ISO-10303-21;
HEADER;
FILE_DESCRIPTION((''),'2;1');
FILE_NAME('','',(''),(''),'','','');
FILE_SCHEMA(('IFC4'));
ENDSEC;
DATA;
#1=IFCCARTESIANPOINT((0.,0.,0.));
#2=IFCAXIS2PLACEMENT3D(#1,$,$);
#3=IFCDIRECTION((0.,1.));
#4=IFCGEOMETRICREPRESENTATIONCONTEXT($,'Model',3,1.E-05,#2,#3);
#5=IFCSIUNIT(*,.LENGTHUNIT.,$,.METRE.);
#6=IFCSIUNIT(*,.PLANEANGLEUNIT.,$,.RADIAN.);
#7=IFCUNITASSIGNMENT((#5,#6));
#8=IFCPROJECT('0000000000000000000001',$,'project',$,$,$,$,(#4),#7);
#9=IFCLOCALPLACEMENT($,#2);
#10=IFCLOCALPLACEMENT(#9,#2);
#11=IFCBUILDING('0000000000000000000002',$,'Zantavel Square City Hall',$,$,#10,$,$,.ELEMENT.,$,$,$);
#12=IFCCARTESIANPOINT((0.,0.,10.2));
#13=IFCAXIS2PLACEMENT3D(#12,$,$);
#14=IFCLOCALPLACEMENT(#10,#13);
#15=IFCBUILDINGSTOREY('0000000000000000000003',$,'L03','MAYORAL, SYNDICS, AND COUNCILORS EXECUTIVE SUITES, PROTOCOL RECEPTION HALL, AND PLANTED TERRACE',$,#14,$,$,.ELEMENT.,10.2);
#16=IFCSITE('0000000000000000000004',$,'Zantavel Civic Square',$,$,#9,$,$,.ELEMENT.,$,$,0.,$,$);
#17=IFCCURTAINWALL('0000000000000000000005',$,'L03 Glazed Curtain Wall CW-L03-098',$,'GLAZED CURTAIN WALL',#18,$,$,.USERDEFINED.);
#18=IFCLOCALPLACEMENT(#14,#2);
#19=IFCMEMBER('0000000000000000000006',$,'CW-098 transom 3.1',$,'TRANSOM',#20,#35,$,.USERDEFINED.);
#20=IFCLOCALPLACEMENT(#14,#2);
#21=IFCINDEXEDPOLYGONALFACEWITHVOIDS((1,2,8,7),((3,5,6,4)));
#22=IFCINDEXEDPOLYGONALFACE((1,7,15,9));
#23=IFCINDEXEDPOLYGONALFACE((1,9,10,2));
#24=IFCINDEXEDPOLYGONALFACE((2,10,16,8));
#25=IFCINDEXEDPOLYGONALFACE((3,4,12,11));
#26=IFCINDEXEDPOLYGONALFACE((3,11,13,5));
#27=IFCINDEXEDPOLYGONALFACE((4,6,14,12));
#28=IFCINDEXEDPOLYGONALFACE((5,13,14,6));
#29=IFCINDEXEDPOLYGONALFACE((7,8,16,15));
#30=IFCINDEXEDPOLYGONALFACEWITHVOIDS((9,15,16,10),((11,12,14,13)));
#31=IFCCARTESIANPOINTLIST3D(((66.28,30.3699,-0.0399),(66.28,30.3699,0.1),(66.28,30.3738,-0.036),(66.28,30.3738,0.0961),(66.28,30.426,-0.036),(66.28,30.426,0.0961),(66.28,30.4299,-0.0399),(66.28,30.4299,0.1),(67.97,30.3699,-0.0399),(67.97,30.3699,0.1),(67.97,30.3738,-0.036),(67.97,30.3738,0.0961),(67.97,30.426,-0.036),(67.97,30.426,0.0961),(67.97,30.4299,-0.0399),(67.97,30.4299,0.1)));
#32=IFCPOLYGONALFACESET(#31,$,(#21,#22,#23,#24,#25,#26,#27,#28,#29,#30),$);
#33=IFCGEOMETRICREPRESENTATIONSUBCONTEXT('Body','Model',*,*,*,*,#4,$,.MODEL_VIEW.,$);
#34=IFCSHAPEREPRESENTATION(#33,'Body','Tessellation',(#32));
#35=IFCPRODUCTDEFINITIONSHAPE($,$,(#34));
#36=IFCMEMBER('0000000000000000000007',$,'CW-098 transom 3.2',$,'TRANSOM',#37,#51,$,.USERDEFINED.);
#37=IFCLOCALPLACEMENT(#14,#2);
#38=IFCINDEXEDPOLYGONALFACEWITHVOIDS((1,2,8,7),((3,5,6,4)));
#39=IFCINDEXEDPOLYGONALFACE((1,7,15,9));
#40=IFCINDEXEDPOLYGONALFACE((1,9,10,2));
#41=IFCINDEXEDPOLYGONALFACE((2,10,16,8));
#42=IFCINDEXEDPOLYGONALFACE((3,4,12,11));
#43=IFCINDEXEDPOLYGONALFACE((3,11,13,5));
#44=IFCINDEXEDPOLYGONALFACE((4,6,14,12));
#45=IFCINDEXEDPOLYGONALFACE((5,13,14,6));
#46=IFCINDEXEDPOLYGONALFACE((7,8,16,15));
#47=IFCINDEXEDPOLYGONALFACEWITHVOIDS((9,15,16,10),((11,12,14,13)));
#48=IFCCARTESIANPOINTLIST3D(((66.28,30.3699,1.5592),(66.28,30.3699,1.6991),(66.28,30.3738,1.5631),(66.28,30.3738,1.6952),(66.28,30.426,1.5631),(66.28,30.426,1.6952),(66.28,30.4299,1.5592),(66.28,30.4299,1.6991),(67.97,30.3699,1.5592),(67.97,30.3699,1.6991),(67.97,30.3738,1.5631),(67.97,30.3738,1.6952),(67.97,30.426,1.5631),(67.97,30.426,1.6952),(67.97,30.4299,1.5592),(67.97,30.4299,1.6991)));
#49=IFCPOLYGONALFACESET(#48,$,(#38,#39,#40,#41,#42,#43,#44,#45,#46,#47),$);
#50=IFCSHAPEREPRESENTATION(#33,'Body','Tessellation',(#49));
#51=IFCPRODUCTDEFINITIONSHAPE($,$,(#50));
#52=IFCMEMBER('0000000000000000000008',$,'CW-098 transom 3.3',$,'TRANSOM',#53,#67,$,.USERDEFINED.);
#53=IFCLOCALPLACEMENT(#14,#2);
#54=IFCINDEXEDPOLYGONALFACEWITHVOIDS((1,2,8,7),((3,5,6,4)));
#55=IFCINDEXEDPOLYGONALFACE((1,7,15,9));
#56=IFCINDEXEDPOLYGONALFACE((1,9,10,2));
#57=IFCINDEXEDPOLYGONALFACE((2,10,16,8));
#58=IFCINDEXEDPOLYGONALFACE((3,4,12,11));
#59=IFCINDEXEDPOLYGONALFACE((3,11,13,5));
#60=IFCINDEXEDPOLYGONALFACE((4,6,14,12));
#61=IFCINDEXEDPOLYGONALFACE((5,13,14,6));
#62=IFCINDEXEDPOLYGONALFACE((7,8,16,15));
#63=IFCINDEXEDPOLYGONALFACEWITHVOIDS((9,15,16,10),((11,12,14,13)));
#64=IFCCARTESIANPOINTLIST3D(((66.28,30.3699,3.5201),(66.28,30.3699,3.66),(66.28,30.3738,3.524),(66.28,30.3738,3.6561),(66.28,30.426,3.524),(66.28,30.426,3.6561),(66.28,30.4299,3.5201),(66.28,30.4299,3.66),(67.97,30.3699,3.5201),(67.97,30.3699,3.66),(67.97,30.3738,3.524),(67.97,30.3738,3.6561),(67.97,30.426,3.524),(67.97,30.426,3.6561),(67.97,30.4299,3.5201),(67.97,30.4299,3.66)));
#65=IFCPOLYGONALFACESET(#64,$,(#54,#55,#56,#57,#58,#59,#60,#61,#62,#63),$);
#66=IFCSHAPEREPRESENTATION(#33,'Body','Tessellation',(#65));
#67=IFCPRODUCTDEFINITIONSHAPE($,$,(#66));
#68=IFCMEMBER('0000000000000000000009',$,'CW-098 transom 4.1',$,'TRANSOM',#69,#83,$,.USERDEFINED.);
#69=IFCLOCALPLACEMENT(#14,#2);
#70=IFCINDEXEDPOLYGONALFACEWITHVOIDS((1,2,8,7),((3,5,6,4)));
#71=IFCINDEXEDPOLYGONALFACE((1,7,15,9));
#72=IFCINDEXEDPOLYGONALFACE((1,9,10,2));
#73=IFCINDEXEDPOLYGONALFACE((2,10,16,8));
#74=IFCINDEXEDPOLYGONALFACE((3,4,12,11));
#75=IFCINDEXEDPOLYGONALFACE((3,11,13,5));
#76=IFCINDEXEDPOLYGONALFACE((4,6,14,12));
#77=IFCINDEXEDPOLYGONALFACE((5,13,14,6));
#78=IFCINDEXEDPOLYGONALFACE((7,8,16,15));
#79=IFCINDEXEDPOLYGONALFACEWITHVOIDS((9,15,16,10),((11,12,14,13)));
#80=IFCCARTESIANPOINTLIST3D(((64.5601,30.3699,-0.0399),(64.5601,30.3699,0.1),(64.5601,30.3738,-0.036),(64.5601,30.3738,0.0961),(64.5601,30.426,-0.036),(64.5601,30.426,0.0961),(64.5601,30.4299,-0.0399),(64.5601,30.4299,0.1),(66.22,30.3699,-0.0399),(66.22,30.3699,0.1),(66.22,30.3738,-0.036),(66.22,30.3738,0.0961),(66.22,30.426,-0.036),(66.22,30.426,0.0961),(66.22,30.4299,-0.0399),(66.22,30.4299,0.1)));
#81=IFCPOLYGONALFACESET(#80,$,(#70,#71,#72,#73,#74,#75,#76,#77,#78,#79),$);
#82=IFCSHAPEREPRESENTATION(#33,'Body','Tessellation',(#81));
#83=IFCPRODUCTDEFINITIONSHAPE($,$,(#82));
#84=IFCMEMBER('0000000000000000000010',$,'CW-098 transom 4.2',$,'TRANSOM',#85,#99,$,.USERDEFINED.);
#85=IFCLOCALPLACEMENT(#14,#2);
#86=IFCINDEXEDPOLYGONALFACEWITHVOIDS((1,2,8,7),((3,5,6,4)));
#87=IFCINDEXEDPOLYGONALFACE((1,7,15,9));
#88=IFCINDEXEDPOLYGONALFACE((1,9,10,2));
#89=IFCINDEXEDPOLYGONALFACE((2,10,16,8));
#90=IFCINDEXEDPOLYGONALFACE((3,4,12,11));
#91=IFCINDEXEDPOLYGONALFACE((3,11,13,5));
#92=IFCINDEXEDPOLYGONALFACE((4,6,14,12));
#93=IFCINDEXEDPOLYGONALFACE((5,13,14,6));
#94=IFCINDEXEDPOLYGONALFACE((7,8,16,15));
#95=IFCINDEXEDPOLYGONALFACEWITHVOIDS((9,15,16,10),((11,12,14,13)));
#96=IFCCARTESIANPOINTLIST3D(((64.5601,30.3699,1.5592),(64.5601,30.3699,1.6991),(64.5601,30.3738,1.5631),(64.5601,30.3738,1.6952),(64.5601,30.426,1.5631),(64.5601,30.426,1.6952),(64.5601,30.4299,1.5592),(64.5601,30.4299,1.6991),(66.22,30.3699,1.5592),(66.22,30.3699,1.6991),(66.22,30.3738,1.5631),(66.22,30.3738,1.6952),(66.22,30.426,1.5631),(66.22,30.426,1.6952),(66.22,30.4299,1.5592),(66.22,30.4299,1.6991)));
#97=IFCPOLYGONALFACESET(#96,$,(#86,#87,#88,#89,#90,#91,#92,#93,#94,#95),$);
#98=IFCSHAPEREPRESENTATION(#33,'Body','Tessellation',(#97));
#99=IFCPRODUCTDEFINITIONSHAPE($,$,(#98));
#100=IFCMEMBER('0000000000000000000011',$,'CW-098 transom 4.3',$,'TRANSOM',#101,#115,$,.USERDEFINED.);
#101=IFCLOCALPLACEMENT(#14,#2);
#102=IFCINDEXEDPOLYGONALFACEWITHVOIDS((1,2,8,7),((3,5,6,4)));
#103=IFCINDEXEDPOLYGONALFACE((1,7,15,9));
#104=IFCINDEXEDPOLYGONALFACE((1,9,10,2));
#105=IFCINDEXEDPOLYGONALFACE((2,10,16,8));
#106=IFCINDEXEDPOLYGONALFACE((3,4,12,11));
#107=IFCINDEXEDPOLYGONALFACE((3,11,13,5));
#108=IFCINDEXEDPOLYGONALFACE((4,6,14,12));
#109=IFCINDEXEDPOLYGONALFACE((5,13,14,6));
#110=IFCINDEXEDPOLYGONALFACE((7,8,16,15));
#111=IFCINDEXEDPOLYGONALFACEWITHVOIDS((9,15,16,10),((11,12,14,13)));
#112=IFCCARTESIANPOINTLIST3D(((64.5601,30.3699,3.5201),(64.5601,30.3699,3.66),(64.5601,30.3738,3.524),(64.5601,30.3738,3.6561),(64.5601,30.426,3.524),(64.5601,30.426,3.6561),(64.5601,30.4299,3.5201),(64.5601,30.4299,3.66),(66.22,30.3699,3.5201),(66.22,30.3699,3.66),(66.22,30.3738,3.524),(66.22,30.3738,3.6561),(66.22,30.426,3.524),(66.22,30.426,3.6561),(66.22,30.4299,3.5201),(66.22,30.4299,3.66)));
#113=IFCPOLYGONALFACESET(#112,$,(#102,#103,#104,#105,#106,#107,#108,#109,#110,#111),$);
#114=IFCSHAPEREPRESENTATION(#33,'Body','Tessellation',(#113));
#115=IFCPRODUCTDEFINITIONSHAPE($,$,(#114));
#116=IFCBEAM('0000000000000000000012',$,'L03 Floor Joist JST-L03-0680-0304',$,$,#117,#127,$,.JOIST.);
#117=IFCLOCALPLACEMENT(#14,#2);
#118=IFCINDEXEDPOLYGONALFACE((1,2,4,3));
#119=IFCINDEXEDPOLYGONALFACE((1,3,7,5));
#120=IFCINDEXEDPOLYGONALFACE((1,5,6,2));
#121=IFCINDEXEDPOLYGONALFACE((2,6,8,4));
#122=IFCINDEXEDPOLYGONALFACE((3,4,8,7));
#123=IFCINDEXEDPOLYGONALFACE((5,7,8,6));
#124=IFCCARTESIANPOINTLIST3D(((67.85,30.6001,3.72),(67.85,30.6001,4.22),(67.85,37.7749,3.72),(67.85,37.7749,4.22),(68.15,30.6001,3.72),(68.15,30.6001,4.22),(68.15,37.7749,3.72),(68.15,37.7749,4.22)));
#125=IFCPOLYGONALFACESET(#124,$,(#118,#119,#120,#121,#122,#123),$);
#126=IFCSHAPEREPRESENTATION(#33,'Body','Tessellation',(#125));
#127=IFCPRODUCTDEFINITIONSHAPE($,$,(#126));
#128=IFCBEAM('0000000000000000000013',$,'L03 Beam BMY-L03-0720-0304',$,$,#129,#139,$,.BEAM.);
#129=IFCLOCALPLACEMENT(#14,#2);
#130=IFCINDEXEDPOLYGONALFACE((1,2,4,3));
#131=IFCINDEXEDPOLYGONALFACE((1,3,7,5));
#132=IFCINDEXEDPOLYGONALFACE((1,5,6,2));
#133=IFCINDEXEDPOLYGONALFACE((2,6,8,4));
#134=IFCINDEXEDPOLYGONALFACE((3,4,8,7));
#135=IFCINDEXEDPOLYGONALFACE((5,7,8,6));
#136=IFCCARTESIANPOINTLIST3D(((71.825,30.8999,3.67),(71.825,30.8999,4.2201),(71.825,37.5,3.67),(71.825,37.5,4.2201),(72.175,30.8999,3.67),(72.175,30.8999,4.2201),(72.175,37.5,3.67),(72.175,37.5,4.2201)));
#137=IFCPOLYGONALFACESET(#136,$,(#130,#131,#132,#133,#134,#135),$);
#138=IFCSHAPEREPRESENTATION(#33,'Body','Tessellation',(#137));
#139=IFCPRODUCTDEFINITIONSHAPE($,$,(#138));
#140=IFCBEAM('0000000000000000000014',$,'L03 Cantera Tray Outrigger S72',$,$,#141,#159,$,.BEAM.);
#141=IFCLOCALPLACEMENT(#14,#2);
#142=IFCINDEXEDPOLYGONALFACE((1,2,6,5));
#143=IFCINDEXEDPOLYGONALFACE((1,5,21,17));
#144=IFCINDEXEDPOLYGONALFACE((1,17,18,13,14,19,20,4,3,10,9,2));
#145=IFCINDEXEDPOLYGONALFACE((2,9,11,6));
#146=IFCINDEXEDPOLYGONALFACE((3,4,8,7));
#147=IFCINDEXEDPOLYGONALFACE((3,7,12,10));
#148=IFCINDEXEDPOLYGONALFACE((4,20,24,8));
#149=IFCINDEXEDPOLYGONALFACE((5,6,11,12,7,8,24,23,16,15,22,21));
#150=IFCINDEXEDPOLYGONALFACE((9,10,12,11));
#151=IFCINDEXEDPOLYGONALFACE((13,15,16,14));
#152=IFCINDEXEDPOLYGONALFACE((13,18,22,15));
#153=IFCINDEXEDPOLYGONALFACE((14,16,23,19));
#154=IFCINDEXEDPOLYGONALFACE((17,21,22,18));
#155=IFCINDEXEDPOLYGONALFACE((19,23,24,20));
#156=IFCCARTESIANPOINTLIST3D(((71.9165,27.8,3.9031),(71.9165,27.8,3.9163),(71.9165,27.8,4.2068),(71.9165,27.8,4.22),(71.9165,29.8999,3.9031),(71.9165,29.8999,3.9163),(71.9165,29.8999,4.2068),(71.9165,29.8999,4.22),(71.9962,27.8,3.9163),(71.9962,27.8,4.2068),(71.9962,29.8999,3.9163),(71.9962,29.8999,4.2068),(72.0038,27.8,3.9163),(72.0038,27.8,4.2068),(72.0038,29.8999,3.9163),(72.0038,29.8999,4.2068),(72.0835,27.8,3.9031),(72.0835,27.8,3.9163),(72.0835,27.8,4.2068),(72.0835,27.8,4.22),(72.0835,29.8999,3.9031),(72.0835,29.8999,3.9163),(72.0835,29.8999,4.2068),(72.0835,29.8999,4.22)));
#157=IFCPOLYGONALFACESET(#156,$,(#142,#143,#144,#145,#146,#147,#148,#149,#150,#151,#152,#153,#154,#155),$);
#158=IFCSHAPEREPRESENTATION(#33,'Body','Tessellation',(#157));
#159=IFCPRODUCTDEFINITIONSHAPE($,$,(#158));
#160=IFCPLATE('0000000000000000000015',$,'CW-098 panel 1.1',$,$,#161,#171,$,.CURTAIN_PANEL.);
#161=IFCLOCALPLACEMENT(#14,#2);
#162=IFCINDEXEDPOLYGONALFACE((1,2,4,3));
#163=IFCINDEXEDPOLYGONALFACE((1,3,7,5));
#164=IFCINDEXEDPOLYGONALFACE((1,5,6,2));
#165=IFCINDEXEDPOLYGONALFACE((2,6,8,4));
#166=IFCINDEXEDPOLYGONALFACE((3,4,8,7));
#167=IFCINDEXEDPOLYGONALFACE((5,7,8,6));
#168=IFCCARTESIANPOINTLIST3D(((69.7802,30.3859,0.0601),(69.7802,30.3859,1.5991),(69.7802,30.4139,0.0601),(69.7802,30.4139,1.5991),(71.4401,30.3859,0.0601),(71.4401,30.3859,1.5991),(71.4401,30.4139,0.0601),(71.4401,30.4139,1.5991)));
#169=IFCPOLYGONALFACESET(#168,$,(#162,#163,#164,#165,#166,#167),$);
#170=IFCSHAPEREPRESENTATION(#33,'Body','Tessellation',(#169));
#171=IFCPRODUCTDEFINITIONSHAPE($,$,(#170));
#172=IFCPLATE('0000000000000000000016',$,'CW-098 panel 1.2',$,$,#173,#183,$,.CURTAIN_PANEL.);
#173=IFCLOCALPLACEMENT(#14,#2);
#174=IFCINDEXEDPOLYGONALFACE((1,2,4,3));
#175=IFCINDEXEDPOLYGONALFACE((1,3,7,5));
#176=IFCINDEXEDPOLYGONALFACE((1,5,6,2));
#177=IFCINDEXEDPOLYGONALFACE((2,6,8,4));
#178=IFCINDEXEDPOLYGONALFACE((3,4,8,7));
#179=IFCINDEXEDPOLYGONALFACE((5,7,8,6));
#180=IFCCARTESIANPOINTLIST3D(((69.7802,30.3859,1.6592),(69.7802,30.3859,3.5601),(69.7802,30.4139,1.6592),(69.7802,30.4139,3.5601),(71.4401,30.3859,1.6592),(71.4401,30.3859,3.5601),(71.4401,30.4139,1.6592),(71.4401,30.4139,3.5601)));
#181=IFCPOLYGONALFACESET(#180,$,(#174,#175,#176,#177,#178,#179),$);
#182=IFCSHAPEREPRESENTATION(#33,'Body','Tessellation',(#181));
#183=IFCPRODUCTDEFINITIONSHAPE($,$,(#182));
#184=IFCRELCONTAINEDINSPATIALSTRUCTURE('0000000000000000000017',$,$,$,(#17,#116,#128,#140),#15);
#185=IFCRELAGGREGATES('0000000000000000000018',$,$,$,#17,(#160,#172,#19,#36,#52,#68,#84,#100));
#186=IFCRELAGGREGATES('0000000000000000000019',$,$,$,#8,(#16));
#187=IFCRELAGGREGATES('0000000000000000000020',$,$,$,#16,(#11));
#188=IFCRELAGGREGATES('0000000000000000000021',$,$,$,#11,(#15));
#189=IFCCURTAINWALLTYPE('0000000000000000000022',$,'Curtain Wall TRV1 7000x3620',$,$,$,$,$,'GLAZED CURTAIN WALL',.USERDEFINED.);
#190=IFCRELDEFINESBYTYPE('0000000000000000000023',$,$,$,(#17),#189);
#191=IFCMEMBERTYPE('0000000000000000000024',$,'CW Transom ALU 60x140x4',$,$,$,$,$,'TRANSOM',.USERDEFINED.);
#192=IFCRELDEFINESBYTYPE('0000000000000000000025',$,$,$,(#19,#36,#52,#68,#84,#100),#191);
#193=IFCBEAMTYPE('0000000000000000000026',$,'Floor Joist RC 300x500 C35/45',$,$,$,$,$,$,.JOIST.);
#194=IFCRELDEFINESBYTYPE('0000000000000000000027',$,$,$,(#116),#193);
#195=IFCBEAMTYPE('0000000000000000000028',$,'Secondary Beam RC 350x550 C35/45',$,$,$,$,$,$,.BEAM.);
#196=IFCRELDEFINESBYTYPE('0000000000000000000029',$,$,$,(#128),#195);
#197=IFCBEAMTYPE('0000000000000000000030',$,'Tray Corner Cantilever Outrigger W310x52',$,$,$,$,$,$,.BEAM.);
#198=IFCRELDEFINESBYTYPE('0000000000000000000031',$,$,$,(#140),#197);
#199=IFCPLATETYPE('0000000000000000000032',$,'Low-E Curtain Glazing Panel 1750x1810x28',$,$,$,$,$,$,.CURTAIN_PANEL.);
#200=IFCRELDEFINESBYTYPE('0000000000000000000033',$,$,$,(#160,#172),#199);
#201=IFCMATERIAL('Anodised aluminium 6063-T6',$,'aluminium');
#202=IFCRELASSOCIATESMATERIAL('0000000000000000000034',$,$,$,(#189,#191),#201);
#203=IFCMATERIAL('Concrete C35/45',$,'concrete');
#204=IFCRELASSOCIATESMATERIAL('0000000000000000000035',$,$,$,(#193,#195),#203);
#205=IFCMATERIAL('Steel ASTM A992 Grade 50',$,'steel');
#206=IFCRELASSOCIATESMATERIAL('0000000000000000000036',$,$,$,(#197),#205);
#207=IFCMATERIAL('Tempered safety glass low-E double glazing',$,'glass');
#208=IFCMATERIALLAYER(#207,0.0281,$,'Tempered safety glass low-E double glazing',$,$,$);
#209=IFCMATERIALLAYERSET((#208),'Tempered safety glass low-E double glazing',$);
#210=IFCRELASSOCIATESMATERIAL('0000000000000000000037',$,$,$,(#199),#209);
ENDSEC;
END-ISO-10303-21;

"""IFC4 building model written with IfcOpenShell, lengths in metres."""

from ifc_helpers import new_model, si_unit, direction, frame, origin, origin_2d, place, context, subcontext, project, spatial, rectangle, hollow_rectangle, i_section, extrude, material, layer, layer_set, material_profile, profile_set, type_object, element, aggregate, save


model = new_model("IFC4")

# Units and contexts
model_context = context("Model", 3, precision=1e-05, world=origin(), true_north=direction((0.0, 1.0)))
body_context = subcontext(model_context, "Body", "Model", "MODEL_VIEW")
ifc_project = project(units=[si_unit("LENGTHUNIT", "METRE"), si_unit("PLANEANGLEUNIT", "RADIAN")], contexts=[model_context])

# Site, building, storey
site_placement = place(None, origin())
site = spatial("IfcSite", under=ifc_project, at=site_placement, Name="Zantavel Civic Square", CompositionType="ELEMENT", RefElevation=0.0)
building_placement = place(site_placement, origin())
building = spatial("IfcBuilding", under=site, at=building_placement, Name="Zantavel Square City Hall", CompositionType="ELEMENT")
storey_placement = place(building_placement, frame((0.0, 0.0, 10.2)))
storey = spatial("IfcBuildingStorey", under=building, at=storey_placement, Name="L03", Description="MAYORAL, SYNDICS, AND COUNCILORS EXECUTIVE SUITES, PROTOCOL RECEPTION HALL, AND PLANTED TERRACE", CompositionType="ELEMENT", Elevation=10.2)

# Curtain wall, members
ifc_material_1 = material(Name="Anodised aluminium 6063-T6", Category="aluminium")
curtain_wall_type = type_object("IfcCurtainWallType", Name="Curtain Wall TRV1 7000x3620", ElementType="GLAZED CURTAIN WALL", PredefinedType="USERDEFINED", material=ifc_material_1)
curtain_wall_placement = place(storey_placement, origin())
curtain_wall = element("IfcCurtainWall", 1, at=curtain_wall_placement, inside=storey, type_object=curtain_wall_type, Name="L03 Glazed Curtain Wall CW-L03-098", ObjectType="GLAZED CURTAIN WALL", PredefinedType="USERDEFINED")
ifc_material_profile_1 = material_profile(ifc_material_1, hollow_rectangle(XDim=0.0601, YDim=0.1399, WallThickness=0.0039, at=origin_2d()), Name="ALU 60x140x4")
ifc_profile_set_1 = profile_set([ifc_material_profile_1], Name="Anodised aluminium 6063-T6")
member_type_1 = type_object("IfcMemberType", Name="CW Transom ALU 60x140x4", ElementType="TRANSOM", PredefinedType="USERDEFINED", material=ifc_profile_set_1)
member_1_placement = place(storey_placement, frame((67.97, 30.3999, 0.03), z_axis=(-1.0, 0.0, 0.0), x_axis=(0.0, -1.0, 0.0)))
member_1 = element("IfcMember", 2, at=member_1_placement, type_object=member_type_1, Name="CW-098 transom 3.1", ObjectType="TRANSOM", PredefinedType="USERDEFINED", context=body_context, shape_type="SweptSolid", body=[
    extrude(hollow_rectangle(XDim=0.0601, YDim=0.1399, WallThickness=0.0039, at=origin_2d()), origin(), (0.0, 0.0, 1.0), 1.6899),
])
member_2_placement = place(storey_placement, frame((67.97, 30.3999, 1.6292), z_axis=(-1.0, 0.0, 0.0), x_axis=(0.0, -1.0, 0.0)))
member_2 = element("IfcMember", 3, at=member_2_placement, type_object=member_type_1, Name="CW-098 transom 3.2", ObjectType="TRANSOM", PredefinedType="USERDEFINED", context=body_context, shape_type="SweptSolid", body=[
    extrude(hollow_rectangle(XDim=0.0601, YDim=0.1399, WallThickness=0.0039, at=origin_2d()), origin(), (0.0, 0.0, 1.0), 1.6899),
])
member_3_placement = place(storey_placement, frame((67.97, 30.3999, 3.5901), z_axis=(-1.0, 0.0, 0.0), x_axis=(0.0, -1.0, 0.0)))
member_3 = element("IfcMember", 4, at=member_3_placement, type_object=member_type_1, Name="CW-098 transom 3.3", ObjectType="TRANSOM", PredefinedType="USERDEFINED", context=body_context, shape_type="SweptSolid", body=[
    extrude(hollow_rectangle(XDim=0.0601, YDim=0.1399, WallThickness=0.0039, at=origin_2d()), origin(), (0.0, 0.0, 1.0), 1.6899),
])
member_4_placement = place(storey_placement, frame((66.22, 30.3999, 0.03), z_axis=(-1.0, 0.0, 0.0), x_axis=(0.0, -1.0, 0.0)))
member_4 = element("IfcMember", 5, at=member_4_placement, type_object=member_type_1, Name="CW-098 transom 4.1", ObjectType="TRANSOM", PredefinedType="USERDEFINED", context=body_context, shape_type="SweptSolid", body=[
    extrude(hollow_rectangle(XDim=0.0601, YDim=0.1399, WallThickness=0.0039, at=origin_2d()), origin(), (0.0, 0.0, 1.0), 1.6599),
])
member_5_placement = place(storey_placement, frame((66.22, 30.3999, 1.6292), z_axis=(-1.0, 0.0, 0.0), x_axis=(0.0, -1.0, 0.0)))
member_5 = element("IfcMember", 6, at=member_5_placement, type_object=member_type_1, Name="CW-098 transom 4.2", ObjectType="TRANSOM", PredefinedType="USERDEFINED", context=body_context, shape_type="SweptSolid", body=[
    extrude(hollow_rectangle(XDim=0.0601, YDim=0.1399, WallThickness=0.0039, at=origin_2d()), origin(), (0.0, 0.0, 1.0), 1.6599),
])
member_6_placement = place(storey_placement, frame((66.22, 30.3999, 3.5901), z_axis=(-1.0, 0.0, 0.0), x_axis=(0.0, -1.0, 0.0)))
member_6 = element("IfcMember", 7, at=member_6_placement, type_object=member_type_1, Name="CW-098 transom 4.3", ObjectType="TRANSOM", PredefinedType="USERDEFINED", context=body_context, shape_type="SweptSolid", body=[
    extrude(hollow_rectangle(XDim=0.0601, YDim=0.1399, WallThickness=0.0039, at=origin_2d()), origin(), (0.0, 0.0, 1.0), 1.6599),
])

# Beams
ifc_material_2 = material(Name="Concrete C35/45", Category="concrete")
ifc_material_profile_2 = material_profile(ifc_material_2, rectangle(XDim=0.3, YDim=0.5, at=origin_2d()), Name="RC 300x500")
ifc_profile_set_2 = profile_set([ifc_material_profile_2], Name="Concrete C35/45")
beam_type_1 = type_object("IfcBeamType", Name="Floor Joist RC 300x500 C35/45", PredefinedType="JOIST", material=ifc_profile_set_2)
beam_1_placement = place(storey_placement, frame((68.0, 30.6001, 3.97), z_axis=(0.0, 1.0, 0.0), x_axis=(-1.0, 0.0, 0.0)))
element("IfcBeam", 8, at=beam_1_placement, inside=storey, type_object=beam_type_1, Name="L03 Floor Joist JST-L03-0680-0304", PredefinedType="JOIST", context=body_context, shape_type="SweptSolid", body=[
    extrude(rectangle(XDim=0.3, YDim=0.5, at=origin_2d()), origin(), (0.0, 0.0, 1.0), 7.1748),
])
ifc_material_profile_3 = material_profile(ifc_material_2, rectangle(XDim=0.3501, YDim=0.55, at=origin_2d()), Name="RC 350x550")
ifc_profile_set_3 = profile_set([ifc_material_profile_3], Name="Concrete C35/45")
beam_type_2 = type_object("IfcBeamType", Name="Secondary Beam RC 350x550 C35/45", PredefinedType="BEAM", material=ifc_profile_set_3)
beam_2_placement = place(storey_placement, frame((72.0, 30.8999, 3.9451), z_axis=(0.0, 1.0, 0.0), x_axis=(-1.0, 0.0, 0.0)))
element("IfcBeam", 9, at=beam_2_placement, inside=storey, type_object=beam_type_2, Name="L03 Beam BMY-L03-0720-0304", PredefinedType="BEAM", context=body_context, shape_type="SweptSolid", body=[
    extrude(rectangle(XDim=0.3501, YDim=0.55, at=origin_2d()), origin(), (0.0, 0.0, 1.0), 6.6001),
])
ifc_material_3 = material(Name="Steel ASTM A992 Grade 50", Category="steel")
ifc_material_profile_4 = material_profile(ifc_material_3, i_section(OverallWidth=0.167, OverallDepth=0.3169, WebThickness=0.0076, FlangeThickness=0.0132, at=origin_2d()), Name="W310x52")
ifc_profile_set_4 = profile_set([ifc_material_profile_4], Name="Steel ASTM A992 Grade 50")
beam_type_3 = type_object("IfcBeamType", Name="Tray Corner Cantilever Outrigger W310x52", PredefinedType="BEAM", material=ifc_profile_set_4)
beam_3_placement = place(storey_placement, frame((72.0, 29.8999, 4.0615), z_axis=(0.0, -1.0, 0.0), x_axis=(1.0, 0.0, 0.0)))
element("IfcBeam", 10, at=beam_3_placement, inside=storey, type_object=beam_type_3, Name="L03 Cantera Tray Outrigger S72", PredefinedType="BEAM", context=body_context, shape_type="SweptSolid", body=[
    extrude(i_section(OverallWidth=0.167, OverallDepth=0.3169, WebThickness=0.0076, FlangeThickness=0.0132, at=origin_2d()), origin(), (0.0, 0.0, 1.0), 2.0999),
])

# Plates
ifc_material_4 = material(Name="Tempered safety glass low-E double glazing", Category="glass")
ifc_layer_1 = layer(ifc_material_4, 0.0281, Name="Tempered safety glass low-E double glazing")
ifc_layer_set_1 = layer_set([ifc_layer_1], Name="Tempered safety glass low-E double glazing")
plate_type = type_object("IfcPlateType", Name="Low-E Curtain Glazing Panel 1750x1810x28", PredefinedType="CURTAIN_PANEL", material=ifc_layer_set_1)
plate_1_placement = place(storey_placement, frame((70.6101, 30.3999, 0.0601), z_axis=(0.0, 0.0, 1.0), x_axis=(-1.0, 0.0, 0.0)))
plate_1 = element("IfcPlate", 11, at=plate_1_placement, type_object=plate_type, Name="CW-098 panel 1.1", PredefinedType="CURTAIN_PANEL", context=body_context, shape_type="SweptSolid", body=[
    extrude(rectangle(XDim=1.6599, YDim=0.0281, at=origin_2d()), origin(), (0.0, 0.0, 1.0), 1.5391),
])
plate_2_placement = place(storey_placement, frame((70.6101, 30.3999, 1.6592), z_axis=(0.0, 0.0, 1.0), x_axis=(-1.0, 0.0, 0.0)))
plate_2 = element("IfcPlate", 12, at=plate_2_placement, type_object=plate_type, Name="CW-098 panel 1.2", PredefinedType="CURTAIN_PANEL", context=body_context, shape_type="SweptSolid", body=[
    extrude(rectangle(XDim=1.6599, YDim=0.0281, at=origin_2d()), origin(), (0.0, 0.0, 1.0), 1.9009),
])
aggregate(curtain_wall, [plate_1, plate_2, member_1, member_2, member_3, member_4, member_5, member_6])

save(model, "model.ifc")
